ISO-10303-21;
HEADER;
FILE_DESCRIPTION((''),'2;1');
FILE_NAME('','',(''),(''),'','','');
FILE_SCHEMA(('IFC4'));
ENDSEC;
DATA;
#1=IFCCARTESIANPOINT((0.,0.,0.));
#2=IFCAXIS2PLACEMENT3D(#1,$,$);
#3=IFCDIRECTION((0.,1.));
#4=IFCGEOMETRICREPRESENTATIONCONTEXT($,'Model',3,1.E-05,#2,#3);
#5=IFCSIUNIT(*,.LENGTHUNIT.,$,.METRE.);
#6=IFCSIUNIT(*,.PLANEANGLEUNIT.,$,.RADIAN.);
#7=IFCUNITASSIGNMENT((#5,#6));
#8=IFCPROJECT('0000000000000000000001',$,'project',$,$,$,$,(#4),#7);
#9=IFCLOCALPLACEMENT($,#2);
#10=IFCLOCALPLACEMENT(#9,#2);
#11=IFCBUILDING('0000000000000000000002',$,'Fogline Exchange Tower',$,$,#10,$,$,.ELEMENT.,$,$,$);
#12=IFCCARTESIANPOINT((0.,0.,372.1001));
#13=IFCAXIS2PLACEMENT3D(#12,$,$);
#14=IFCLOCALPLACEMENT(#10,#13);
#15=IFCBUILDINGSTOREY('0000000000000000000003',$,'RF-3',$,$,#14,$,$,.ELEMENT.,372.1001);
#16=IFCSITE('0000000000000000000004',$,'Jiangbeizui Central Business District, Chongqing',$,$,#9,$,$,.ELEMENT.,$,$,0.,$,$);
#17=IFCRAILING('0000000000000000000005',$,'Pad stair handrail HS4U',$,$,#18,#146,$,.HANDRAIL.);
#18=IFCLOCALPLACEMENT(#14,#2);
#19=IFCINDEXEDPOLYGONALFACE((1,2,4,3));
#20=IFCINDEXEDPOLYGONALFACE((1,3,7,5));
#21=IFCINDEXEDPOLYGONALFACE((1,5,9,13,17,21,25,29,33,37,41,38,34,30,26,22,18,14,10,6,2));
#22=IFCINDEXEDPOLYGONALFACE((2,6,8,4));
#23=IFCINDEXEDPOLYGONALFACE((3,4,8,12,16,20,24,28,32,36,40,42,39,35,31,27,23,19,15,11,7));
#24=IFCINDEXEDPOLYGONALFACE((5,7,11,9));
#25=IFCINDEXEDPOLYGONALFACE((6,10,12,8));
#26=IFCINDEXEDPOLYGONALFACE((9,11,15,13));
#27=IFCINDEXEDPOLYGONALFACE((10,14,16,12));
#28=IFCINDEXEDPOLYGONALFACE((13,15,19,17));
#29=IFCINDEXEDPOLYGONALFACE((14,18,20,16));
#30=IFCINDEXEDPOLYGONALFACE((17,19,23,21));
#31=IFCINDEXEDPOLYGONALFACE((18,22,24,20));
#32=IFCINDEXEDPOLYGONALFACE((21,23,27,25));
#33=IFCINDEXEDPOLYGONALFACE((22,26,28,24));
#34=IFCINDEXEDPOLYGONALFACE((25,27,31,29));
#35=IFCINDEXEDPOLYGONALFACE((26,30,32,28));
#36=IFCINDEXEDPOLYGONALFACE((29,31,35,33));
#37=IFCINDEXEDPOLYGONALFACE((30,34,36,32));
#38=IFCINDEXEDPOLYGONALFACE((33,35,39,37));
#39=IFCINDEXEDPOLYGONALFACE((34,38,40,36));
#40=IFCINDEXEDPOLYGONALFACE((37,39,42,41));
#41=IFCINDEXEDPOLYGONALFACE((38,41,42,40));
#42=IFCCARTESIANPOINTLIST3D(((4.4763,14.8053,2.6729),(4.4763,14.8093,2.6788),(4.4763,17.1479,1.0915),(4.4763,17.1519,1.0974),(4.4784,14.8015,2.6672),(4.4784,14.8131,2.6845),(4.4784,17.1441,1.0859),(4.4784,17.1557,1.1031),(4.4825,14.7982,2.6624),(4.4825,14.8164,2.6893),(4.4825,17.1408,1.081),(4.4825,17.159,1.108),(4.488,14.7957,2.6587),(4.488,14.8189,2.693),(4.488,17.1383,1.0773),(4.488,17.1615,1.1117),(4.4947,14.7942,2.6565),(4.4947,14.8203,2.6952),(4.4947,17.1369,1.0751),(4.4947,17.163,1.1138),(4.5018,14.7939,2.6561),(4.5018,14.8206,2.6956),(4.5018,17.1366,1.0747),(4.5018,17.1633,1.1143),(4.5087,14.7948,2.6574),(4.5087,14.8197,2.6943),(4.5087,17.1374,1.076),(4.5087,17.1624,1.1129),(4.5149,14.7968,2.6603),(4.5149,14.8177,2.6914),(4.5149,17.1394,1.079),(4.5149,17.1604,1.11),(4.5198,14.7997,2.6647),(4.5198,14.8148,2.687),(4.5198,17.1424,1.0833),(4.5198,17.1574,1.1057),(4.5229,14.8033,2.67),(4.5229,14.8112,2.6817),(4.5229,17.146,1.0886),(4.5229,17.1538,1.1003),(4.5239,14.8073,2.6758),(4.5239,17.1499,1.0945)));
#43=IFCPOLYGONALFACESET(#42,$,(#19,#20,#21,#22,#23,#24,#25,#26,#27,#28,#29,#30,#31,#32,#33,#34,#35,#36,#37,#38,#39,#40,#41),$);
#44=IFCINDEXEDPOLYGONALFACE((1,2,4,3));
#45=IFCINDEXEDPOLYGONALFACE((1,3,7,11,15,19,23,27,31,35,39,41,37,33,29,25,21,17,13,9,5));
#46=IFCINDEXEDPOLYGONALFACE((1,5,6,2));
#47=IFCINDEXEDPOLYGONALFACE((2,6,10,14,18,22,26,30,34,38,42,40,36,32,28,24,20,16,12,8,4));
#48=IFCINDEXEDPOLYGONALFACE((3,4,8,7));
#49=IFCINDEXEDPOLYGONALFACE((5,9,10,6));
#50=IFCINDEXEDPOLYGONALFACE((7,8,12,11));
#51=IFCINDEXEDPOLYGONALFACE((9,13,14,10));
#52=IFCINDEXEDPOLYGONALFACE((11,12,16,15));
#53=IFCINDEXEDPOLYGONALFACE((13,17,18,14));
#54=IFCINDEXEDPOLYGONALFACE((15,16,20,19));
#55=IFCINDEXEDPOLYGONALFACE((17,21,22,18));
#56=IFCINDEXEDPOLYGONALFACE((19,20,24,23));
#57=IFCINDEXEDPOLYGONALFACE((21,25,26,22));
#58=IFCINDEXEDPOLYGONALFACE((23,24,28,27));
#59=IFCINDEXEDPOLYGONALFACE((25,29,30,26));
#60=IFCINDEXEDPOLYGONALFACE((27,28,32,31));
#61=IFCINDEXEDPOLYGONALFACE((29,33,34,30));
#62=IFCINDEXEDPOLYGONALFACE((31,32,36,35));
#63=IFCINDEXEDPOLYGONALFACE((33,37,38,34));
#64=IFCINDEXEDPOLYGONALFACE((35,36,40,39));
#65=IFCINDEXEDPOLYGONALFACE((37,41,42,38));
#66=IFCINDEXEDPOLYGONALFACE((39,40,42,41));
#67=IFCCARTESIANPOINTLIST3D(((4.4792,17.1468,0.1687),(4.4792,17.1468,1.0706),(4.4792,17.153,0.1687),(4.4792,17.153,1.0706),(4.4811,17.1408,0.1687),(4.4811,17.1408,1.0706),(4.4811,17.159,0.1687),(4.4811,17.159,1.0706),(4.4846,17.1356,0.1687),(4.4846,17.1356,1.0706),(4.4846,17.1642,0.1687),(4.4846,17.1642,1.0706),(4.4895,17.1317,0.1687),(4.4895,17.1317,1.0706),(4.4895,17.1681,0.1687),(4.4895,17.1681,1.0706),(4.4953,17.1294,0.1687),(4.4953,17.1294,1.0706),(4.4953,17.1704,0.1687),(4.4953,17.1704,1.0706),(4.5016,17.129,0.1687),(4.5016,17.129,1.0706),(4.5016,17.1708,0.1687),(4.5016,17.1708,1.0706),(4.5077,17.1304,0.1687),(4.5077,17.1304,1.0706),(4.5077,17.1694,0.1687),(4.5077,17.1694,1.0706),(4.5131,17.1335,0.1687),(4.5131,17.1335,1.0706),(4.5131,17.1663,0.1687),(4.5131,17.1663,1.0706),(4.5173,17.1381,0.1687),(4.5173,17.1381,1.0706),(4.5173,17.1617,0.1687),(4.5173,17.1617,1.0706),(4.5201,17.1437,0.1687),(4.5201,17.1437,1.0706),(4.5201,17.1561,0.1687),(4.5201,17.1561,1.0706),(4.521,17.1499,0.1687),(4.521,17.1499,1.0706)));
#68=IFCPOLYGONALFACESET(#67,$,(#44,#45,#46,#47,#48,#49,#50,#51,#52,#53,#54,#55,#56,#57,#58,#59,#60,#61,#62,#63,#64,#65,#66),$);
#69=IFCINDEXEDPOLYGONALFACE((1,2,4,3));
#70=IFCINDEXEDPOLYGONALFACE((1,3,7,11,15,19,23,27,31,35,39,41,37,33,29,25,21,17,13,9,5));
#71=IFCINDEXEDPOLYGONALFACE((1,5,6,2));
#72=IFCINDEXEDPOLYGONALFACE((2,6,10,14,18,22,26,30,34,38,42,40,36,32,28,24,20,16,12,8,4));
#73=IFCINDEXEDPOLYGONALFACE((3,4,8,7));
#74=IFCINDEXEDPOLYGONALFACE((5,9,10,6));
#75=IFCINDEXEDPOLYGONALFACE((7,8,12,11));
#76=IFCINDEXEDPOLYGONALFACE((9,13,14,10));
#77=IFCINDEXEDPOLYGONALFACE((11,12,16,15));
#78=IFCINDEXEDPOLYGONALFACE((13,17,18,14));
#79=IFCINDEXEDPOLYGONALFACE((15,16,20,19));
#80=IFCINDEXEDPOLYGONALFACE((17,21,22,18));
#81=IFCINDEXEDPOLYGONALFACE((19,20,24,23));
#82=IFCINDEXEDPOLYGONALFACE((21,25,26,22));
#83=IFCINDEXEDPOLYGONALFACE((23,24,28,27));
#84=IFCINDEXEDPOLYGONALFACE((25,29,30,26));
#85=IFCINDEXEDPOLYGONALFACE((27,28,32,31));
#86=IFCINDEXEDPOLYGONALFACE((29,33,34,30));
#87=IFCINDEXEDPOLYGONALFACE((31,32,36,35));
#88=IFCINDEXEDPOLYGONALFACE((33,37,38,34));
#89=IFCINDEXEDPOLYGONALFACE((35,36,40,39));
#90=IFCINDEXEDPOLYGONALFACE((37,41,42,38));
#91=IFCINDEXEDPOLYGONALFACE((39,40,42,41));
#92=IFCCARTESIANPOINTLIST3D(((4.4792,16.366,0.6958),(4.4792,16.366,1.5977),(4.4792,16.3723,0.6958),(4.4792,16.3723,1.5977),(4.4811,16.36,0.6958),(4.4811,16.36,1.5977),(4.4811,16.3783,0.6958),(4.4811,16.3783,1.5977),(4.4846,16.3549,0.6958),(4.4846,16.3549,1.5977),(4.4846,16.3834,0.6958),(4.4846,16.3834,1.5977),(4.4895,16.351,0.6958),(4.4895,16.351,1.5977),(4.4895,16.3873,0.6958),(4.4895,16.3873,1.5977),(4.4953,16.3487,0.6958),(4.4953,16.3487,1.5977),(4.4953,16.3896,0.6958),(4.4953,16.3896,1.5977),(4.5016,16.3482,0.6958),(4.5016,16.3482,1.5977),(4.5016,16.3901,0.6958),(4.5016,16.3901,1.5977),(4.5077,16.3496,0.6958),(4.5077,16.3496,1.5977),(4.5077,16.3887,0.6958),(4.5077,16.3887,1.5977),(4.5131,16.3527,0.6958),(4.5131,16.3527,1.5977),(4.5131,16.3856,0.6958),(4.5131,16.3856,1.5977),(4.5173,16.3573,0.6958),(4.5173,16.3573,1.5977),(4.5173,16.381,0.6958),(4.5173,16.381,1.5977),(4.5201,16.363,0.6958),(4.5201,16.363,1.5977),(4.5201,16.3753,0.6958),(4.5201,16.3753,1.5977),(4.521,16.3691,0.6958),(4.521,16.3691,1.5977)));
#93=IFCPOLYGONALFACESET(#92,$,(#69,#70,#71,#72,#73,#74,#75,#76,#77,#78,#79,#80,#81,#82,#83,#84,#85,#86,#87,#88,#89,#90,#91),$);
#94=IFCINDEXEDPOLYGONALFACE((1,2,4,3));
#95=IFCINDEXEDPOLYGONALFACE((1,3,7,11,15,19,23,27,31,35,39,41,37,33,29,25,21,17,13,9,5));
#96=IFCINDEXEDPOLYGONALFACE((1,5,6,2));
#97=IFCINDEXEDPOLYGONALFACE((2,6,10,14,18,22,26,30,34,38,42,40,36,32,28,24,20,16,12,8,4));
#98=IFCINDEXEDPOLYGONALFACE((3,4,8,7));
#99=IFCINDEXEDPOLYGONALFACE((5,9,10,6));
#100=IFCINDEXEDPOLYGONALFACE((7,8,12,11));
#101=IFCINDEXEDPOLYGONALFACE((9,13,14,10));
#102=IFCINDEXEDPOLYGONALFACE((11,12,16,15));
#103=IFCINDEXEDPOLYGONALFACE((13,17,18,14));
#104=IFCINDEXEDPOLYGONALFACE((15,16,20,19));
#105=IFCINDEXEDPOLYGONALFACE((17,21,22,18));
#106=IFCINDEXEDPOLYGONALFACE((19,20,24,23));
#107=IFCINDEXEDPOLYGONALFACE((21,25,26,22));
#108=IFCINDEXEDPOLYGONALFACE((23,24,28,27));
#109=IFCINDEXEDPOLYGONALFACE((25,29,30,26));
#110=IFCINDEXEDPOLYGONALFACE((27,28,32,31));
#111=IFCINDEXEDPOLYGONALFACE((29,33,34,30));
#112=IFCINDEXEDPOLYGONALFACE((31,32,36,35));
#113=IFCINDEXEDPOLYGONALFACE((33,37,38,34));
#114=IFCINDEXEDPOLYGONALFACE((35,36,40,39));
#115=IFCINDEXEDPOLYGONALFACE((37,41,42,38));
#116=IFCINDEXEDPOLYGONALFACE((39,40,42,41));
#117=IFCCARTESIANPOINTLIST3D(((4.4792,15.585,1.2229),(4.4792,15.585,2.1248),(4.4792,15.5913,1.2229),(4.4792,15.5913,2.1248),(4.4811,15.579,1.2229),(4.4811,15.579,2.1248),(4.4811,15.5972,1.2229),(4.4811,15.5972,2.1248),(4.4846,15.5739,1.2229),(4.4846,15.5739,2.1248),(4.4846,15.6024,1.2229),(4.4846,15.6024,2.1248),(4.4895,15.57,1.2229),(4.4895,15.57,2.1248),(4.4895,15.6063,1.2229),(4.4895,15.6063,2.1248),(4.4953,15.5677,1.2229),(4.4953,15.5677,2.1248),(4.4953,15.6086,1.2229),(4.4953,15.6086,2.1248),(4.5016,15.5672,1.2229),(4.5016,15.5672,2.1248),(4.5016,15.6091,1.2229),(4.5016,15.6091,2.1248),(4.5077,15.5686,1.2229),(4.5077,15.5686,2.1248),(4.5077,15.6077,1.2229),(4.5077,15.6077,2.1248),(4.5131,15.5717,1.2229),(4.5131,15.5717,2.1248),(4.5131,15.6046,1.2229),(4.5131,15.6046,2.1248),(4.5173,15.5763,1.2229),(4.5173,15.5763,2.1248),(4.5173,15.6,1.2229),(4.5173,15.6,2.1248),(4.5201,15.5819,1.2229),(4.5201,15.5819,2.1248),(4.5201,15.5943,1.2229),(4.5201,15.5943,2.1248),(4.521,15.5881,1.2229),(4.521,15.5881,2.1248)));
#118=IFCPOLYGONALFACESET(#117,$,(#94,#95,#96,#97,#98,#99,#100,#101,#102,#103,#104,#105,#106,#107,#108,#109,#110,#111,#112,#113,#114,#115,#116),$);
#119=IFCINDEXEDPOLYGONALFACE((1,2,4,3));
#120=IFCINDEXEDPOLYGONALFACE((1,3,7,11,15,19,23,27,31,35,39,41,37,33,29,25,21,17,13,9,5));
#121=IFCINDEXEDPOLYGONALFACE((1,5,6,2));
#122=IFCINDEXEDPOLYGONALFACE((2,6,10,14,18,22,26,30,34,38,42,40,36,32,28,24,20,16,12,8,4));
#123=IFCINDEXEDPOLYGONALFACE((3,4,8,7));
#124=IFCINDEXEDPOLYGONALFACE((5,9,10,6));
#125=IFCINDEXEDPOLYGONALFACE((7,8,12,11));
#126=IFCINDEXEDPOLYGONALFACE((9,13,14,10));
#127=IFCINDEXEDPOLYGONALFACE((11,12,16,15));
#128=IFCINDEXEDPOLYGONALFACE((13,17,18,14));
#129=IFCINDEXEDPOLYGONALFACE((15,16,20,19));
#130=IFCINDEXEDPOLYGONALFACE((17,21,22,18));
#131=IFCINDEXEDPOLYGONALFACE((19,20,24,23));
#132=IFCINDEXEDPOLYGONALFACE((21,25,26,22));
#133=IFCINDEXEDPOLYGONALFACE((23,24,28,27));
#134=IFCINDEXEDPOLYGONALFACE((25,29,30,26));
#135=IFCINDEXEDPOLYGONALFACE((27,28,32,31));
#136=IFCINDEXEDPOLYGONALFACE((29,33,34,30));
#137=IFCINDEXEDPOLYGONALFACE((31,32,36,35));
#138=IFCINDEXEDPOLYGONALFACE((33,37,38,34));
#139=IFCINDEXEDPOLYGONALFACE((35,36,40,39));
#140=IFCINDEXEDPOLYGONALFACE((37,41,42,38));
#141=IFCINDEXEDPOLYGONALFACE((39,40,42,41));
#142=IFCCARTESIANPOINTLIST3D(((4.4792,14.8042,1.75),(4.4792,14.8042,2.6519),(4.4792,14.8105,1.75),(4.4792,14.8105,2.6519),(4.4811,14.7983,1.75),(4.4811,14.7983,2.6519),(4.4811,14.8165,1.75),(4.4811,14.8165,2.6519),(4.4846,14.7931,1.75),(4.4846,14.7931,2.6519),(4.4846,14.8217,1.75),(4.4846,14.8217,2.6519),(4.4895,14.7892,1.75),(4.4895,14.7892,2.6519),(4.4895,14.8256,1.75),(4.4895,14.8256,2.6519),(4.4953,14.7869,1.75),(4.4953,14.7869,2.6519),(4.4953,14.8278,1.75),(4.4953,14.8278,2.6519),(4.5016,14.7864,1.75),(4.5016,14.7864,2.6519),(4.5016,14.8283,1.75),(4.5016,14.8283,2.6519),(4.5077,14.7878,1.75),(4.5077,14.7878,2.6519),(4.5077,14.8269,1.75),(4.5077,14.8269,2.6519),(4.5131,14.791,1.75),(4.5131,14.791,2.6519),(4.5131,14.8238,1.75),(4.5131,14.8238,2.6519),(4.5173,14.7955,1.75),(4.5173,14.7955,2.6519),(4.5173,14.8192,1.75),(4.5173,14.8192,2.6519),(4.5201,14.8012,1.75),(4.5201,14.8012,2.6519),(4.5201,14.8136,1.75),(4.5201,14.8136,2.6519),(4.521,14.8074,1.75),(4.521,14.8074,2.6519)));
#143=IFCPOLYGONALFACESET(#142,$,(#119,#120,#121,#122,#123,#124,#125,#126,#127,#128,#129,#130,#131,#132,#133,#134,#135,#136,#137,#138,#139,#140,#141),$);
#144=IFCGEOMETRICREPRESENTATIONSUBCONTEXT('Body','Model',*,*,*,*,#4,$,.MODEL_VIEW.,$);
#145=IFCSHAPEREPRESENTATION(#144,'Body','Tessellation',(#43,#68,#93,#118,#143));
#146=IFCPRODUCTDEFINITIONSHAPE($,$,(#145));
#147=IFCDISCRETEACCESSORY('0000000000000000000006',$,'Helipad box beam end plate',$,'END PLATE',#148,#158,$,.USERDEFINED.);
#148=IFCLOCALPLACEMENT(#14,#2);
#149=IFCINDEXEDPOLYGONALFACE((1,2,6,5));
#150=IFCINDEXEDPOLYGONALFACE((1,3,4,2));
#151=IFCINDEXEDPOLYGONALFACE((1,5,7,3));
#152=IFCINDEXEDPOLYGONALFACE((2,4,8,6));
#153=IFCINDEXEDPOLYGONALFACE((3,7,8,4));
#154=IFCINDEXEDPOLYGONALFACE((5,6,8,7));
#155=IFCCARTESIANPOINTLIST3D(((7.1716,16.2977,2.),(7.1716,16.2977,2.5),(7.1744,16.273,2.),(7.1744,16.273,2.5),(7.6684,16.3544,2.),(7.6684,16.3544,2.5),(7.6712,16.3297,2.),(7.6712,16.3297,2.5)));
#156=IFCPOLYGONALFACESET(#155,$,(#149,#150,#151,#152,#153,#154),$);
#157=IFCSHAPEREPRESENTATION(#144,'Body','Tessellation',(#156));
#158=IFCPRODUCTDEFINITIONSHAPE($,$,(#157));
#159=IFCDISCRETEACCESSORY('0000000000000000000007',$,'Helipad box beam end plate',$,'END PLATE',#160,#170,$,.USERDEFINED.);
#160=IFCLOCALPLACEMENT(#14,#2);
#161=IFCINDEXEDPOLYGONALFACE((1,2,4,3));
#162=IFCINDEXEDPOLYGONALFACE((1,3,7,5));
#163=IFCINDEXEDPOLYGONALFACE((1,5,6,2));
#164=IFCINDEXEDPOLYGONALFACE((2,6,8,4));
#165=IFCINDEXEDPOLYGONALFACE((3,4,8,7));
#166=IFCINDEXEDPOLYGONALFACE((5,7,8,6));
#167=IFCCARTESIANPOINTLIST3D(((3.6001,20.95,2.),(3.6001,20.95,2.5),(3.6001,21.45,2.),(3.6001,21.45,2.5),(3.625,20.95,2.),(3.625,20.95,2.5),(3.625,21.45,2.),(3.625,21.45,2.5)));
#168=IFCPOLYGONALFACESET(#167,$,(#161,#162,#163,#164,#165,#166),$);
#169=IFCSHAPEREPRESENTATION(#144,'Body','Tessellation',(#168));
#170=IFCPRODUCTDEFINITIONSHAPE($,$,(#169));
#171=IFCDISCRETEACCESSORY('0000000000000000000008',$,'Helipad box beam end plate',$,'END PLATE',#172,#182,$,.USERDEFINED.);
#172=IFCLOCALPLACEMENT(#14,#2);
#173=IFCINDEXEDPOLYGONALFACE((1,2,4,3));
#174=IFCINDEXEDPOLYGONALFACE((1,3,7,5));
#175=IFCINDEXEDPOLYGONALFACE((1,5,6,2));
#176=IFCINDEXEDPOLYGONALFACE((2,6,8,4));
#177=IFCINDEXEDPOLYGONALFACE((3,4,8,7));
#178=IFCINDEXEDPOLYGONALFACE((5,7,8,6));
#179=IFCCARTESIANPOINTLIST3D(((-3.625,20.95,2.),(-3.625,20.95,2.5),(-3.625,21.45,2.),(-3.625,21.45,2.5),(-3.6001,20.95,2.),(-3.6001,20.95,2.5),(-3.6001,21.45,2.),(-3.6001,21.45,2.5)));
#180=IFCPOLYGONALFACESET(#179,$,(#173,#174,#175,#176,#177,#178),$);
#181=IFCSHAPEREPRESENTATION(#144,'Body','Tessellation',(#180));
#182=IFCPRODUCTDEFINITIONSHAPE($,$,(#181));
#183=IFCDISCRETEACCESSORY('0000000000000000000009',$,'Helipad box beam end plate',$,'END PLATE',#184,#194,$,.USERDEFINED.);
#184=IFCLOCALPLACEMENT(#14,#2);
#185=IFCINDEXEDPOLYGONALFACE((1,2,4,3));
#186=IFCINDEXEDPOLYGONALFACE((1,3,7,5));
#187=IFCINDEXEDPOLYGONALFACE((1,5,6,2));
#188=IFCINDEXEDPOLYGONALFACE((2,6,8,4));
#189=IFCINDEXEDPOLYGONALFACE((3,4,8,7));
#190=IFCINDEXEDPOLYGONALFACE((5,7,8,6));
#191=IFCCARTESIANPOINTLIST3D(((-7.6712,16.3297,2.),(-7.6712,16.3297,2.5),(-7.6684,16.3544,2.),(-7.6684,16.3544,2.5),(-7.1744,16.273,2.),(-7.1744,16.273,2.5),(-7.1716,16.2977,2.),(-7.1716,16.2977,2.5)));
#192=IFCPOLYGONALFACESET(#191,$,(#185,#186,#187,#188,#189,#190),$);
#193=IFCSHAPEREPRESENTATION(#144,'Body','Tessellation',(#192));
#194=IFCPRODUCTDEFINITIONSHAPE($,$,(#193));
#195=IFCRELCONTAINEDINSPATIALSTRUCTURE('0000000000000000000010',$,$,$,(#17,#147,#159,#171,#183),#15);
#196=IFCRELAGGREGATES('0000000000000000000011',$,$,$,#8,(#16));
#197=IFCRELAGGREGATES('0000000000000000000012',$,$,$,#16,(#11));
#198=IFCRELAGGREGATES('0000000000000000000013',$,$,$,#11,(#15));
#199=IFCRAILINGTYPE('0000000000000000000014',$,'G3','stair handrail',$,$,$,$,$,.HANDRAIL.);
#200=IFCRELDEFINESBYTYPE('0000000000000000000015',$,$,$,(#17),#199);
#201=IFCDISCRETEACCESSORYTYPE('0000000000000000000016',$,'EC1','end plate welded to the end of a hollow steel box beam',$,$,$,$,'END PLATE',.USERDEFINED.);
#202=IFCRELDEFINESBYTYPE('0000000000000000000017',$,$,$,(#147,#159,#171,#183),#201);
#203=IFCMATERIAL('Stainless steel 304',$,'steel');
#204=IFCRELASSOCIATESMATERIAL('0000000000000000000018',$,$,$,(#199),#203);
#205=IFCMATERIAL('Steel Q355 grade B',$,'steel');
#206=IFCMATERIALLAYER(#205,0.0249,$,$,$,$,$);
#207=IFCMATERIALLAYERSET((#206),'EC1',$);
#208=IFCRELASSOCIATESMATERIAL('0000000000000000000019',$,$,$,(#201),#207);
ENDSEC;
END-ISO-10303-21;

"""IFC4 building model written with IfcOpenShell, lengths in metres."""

from ifc_helpers import new_model, si_unit, direction, frame, origin, origin_2d, place, context, subcontext, project, spatial, rectangle, circle, extrude, material, layer, layer_set, type_object, element, save


model = new_model("IFC4")

# Units and contexts
model_context = context("Model", 3, precision=1e-05, world=origin(), true_north=direction((0.0, 1.0)))
body_context = subcontext(model_context, "Body", "Model", "MODEL_VIEW")
ifc_project = project(units=[si_unit("LENGTHUNIT", "METRE"), si_unit("PLANEANGLEUNIT", "RADIAN")], contexts=[model_context])

# Site, building, storey
site_placement = place(None, origin())
site = spatial("IfcSite", under=ifc_project, at=site_placement, Name="Jiangbeizui Central Business District, Chongqing", CompositionType="ELEMENT", RefElevation=0.0)
building_placement = place(site_placement, origin())
building = spatial("IfcBuilding", under=site, at=building_placement, Name="Fogline Exchange Tower", CompositionType="ELEMENT")
storey_placement = place(building_placement, frame((0.0, 0.0, 372.1001)))
storey = spatial("IfcBuildingStorey", under=building, at=storey_placement, Name="RF-3", CompositionType="ELEMENT", Elevation=372.1001)

# Shared definitions
ifc_material_1 = material(Name="Steel Q355 grade B", Category="steel")

# Railing
ifc_material_2 = material(Name="Stainless steel 304", Category="steel")
railing_type_1 = type_object("IfcRailingType", Name="G3", Description="stair handrail", PredefinedType="HANDRAIL", material=ifc_material_2)
for number, where, name in (
    (1, (4.5, 17.1499, 0.1687), "Pad stair handrail HS4U"),
):
    element("IfcRailing", number, at=place(storey_placement, frame(where)), inside=storey, type_object=railing_type_1, Name=name, PredefinedType="HANDRAIL", context=body_context, shape_type="SweptSolid", body=[
        extrude(circle(Radius=0.0239, at=origin_2d()), frame((0.0, 0.0, 0.9258), z_axis=(0.0, -0.828834, 0.559495), x_axis=(1.0, 0.0, 0.0)), (0.0, 0.0, 1.0), 2.8264),
        extrude(circle(Radius=0.021, at=origin_2d()), origin(), (0.0, 0.0, 1.0), 0.9019),
        extrude(circle(Radius=0.021, at=origin_2d()), frame((0.0, -0.7808, 0.5271)), (0.0, 0.0, 1.0), 0.9019),
        extrude(circle(Radius=0.021, at=origin_2d()), frame((0.0, -1.5618, 1.0542)), (0.0, 0.0, 1.0), 0.9019),
        extrude(circle(Radius=0.021, at=origin_2d()), frame((0.0, -2.3425, 1.5813)), (0.0, 0.0, 1.0), 0.9019),
    ])

# Discrete accessories
ifc_layer_1 = layer(ifc_material_1, 0.0249)
ifc_layer_set_1 = layer_set([ifc_layer_1], Name="EC1")
discrete_accessory_type = type_object("IfcDiscreteAccessoryType", Name="EC1", Description="end plate welded to the end of a hollow steel box beam", ElementType="END PLATE", PredefinedType="USERDEFINED", material=ifc_layer_set_1)
for number, where, z_axis, x_axis, name in (
    (2, (7.4214, 16.3137, 2.0), (0.0, 0.0, 1.0), (-0.113418, 0.993547, 0.0), "Helipad box beam end plate"),
    (3, (3.6125, 21.2, 2.0), (0.0, 0.0, 1.0), (1.0, 0.0, 0.0), "Helipad box beam end plate"),
    (4, (-3.6125, 21.2, 2.0), (0.0, 0.0, 1.0), (-1.0, 0.0, 0.0), "Helipad box beam end plate"),
    (5, (-7.4214, 16.3137, 2.0), (0.0, 0.0, 1.0), (0.113418, 0.993547, 0.0), "Helipad box beam end plate"),
):
    element("IfcDiscreteAccessory", number, at=place(storey_placement, frame(where, z_axis=z_axis, x_axis=x_axis)), inside=storey, type_object=discrete_accessory_type, Name=name, ObjectType="END PLATE", PredefinedType="USERDEFINED", context=body_context, shape_type="SweptSolid", body=[
        extrude(rectangle(XDim=0.0249, YDim=0.5, at=origin_2d()), origin(), (0.0, 0.0, 1.0), 0.5),
    ])

save(model, "model.ifc")
